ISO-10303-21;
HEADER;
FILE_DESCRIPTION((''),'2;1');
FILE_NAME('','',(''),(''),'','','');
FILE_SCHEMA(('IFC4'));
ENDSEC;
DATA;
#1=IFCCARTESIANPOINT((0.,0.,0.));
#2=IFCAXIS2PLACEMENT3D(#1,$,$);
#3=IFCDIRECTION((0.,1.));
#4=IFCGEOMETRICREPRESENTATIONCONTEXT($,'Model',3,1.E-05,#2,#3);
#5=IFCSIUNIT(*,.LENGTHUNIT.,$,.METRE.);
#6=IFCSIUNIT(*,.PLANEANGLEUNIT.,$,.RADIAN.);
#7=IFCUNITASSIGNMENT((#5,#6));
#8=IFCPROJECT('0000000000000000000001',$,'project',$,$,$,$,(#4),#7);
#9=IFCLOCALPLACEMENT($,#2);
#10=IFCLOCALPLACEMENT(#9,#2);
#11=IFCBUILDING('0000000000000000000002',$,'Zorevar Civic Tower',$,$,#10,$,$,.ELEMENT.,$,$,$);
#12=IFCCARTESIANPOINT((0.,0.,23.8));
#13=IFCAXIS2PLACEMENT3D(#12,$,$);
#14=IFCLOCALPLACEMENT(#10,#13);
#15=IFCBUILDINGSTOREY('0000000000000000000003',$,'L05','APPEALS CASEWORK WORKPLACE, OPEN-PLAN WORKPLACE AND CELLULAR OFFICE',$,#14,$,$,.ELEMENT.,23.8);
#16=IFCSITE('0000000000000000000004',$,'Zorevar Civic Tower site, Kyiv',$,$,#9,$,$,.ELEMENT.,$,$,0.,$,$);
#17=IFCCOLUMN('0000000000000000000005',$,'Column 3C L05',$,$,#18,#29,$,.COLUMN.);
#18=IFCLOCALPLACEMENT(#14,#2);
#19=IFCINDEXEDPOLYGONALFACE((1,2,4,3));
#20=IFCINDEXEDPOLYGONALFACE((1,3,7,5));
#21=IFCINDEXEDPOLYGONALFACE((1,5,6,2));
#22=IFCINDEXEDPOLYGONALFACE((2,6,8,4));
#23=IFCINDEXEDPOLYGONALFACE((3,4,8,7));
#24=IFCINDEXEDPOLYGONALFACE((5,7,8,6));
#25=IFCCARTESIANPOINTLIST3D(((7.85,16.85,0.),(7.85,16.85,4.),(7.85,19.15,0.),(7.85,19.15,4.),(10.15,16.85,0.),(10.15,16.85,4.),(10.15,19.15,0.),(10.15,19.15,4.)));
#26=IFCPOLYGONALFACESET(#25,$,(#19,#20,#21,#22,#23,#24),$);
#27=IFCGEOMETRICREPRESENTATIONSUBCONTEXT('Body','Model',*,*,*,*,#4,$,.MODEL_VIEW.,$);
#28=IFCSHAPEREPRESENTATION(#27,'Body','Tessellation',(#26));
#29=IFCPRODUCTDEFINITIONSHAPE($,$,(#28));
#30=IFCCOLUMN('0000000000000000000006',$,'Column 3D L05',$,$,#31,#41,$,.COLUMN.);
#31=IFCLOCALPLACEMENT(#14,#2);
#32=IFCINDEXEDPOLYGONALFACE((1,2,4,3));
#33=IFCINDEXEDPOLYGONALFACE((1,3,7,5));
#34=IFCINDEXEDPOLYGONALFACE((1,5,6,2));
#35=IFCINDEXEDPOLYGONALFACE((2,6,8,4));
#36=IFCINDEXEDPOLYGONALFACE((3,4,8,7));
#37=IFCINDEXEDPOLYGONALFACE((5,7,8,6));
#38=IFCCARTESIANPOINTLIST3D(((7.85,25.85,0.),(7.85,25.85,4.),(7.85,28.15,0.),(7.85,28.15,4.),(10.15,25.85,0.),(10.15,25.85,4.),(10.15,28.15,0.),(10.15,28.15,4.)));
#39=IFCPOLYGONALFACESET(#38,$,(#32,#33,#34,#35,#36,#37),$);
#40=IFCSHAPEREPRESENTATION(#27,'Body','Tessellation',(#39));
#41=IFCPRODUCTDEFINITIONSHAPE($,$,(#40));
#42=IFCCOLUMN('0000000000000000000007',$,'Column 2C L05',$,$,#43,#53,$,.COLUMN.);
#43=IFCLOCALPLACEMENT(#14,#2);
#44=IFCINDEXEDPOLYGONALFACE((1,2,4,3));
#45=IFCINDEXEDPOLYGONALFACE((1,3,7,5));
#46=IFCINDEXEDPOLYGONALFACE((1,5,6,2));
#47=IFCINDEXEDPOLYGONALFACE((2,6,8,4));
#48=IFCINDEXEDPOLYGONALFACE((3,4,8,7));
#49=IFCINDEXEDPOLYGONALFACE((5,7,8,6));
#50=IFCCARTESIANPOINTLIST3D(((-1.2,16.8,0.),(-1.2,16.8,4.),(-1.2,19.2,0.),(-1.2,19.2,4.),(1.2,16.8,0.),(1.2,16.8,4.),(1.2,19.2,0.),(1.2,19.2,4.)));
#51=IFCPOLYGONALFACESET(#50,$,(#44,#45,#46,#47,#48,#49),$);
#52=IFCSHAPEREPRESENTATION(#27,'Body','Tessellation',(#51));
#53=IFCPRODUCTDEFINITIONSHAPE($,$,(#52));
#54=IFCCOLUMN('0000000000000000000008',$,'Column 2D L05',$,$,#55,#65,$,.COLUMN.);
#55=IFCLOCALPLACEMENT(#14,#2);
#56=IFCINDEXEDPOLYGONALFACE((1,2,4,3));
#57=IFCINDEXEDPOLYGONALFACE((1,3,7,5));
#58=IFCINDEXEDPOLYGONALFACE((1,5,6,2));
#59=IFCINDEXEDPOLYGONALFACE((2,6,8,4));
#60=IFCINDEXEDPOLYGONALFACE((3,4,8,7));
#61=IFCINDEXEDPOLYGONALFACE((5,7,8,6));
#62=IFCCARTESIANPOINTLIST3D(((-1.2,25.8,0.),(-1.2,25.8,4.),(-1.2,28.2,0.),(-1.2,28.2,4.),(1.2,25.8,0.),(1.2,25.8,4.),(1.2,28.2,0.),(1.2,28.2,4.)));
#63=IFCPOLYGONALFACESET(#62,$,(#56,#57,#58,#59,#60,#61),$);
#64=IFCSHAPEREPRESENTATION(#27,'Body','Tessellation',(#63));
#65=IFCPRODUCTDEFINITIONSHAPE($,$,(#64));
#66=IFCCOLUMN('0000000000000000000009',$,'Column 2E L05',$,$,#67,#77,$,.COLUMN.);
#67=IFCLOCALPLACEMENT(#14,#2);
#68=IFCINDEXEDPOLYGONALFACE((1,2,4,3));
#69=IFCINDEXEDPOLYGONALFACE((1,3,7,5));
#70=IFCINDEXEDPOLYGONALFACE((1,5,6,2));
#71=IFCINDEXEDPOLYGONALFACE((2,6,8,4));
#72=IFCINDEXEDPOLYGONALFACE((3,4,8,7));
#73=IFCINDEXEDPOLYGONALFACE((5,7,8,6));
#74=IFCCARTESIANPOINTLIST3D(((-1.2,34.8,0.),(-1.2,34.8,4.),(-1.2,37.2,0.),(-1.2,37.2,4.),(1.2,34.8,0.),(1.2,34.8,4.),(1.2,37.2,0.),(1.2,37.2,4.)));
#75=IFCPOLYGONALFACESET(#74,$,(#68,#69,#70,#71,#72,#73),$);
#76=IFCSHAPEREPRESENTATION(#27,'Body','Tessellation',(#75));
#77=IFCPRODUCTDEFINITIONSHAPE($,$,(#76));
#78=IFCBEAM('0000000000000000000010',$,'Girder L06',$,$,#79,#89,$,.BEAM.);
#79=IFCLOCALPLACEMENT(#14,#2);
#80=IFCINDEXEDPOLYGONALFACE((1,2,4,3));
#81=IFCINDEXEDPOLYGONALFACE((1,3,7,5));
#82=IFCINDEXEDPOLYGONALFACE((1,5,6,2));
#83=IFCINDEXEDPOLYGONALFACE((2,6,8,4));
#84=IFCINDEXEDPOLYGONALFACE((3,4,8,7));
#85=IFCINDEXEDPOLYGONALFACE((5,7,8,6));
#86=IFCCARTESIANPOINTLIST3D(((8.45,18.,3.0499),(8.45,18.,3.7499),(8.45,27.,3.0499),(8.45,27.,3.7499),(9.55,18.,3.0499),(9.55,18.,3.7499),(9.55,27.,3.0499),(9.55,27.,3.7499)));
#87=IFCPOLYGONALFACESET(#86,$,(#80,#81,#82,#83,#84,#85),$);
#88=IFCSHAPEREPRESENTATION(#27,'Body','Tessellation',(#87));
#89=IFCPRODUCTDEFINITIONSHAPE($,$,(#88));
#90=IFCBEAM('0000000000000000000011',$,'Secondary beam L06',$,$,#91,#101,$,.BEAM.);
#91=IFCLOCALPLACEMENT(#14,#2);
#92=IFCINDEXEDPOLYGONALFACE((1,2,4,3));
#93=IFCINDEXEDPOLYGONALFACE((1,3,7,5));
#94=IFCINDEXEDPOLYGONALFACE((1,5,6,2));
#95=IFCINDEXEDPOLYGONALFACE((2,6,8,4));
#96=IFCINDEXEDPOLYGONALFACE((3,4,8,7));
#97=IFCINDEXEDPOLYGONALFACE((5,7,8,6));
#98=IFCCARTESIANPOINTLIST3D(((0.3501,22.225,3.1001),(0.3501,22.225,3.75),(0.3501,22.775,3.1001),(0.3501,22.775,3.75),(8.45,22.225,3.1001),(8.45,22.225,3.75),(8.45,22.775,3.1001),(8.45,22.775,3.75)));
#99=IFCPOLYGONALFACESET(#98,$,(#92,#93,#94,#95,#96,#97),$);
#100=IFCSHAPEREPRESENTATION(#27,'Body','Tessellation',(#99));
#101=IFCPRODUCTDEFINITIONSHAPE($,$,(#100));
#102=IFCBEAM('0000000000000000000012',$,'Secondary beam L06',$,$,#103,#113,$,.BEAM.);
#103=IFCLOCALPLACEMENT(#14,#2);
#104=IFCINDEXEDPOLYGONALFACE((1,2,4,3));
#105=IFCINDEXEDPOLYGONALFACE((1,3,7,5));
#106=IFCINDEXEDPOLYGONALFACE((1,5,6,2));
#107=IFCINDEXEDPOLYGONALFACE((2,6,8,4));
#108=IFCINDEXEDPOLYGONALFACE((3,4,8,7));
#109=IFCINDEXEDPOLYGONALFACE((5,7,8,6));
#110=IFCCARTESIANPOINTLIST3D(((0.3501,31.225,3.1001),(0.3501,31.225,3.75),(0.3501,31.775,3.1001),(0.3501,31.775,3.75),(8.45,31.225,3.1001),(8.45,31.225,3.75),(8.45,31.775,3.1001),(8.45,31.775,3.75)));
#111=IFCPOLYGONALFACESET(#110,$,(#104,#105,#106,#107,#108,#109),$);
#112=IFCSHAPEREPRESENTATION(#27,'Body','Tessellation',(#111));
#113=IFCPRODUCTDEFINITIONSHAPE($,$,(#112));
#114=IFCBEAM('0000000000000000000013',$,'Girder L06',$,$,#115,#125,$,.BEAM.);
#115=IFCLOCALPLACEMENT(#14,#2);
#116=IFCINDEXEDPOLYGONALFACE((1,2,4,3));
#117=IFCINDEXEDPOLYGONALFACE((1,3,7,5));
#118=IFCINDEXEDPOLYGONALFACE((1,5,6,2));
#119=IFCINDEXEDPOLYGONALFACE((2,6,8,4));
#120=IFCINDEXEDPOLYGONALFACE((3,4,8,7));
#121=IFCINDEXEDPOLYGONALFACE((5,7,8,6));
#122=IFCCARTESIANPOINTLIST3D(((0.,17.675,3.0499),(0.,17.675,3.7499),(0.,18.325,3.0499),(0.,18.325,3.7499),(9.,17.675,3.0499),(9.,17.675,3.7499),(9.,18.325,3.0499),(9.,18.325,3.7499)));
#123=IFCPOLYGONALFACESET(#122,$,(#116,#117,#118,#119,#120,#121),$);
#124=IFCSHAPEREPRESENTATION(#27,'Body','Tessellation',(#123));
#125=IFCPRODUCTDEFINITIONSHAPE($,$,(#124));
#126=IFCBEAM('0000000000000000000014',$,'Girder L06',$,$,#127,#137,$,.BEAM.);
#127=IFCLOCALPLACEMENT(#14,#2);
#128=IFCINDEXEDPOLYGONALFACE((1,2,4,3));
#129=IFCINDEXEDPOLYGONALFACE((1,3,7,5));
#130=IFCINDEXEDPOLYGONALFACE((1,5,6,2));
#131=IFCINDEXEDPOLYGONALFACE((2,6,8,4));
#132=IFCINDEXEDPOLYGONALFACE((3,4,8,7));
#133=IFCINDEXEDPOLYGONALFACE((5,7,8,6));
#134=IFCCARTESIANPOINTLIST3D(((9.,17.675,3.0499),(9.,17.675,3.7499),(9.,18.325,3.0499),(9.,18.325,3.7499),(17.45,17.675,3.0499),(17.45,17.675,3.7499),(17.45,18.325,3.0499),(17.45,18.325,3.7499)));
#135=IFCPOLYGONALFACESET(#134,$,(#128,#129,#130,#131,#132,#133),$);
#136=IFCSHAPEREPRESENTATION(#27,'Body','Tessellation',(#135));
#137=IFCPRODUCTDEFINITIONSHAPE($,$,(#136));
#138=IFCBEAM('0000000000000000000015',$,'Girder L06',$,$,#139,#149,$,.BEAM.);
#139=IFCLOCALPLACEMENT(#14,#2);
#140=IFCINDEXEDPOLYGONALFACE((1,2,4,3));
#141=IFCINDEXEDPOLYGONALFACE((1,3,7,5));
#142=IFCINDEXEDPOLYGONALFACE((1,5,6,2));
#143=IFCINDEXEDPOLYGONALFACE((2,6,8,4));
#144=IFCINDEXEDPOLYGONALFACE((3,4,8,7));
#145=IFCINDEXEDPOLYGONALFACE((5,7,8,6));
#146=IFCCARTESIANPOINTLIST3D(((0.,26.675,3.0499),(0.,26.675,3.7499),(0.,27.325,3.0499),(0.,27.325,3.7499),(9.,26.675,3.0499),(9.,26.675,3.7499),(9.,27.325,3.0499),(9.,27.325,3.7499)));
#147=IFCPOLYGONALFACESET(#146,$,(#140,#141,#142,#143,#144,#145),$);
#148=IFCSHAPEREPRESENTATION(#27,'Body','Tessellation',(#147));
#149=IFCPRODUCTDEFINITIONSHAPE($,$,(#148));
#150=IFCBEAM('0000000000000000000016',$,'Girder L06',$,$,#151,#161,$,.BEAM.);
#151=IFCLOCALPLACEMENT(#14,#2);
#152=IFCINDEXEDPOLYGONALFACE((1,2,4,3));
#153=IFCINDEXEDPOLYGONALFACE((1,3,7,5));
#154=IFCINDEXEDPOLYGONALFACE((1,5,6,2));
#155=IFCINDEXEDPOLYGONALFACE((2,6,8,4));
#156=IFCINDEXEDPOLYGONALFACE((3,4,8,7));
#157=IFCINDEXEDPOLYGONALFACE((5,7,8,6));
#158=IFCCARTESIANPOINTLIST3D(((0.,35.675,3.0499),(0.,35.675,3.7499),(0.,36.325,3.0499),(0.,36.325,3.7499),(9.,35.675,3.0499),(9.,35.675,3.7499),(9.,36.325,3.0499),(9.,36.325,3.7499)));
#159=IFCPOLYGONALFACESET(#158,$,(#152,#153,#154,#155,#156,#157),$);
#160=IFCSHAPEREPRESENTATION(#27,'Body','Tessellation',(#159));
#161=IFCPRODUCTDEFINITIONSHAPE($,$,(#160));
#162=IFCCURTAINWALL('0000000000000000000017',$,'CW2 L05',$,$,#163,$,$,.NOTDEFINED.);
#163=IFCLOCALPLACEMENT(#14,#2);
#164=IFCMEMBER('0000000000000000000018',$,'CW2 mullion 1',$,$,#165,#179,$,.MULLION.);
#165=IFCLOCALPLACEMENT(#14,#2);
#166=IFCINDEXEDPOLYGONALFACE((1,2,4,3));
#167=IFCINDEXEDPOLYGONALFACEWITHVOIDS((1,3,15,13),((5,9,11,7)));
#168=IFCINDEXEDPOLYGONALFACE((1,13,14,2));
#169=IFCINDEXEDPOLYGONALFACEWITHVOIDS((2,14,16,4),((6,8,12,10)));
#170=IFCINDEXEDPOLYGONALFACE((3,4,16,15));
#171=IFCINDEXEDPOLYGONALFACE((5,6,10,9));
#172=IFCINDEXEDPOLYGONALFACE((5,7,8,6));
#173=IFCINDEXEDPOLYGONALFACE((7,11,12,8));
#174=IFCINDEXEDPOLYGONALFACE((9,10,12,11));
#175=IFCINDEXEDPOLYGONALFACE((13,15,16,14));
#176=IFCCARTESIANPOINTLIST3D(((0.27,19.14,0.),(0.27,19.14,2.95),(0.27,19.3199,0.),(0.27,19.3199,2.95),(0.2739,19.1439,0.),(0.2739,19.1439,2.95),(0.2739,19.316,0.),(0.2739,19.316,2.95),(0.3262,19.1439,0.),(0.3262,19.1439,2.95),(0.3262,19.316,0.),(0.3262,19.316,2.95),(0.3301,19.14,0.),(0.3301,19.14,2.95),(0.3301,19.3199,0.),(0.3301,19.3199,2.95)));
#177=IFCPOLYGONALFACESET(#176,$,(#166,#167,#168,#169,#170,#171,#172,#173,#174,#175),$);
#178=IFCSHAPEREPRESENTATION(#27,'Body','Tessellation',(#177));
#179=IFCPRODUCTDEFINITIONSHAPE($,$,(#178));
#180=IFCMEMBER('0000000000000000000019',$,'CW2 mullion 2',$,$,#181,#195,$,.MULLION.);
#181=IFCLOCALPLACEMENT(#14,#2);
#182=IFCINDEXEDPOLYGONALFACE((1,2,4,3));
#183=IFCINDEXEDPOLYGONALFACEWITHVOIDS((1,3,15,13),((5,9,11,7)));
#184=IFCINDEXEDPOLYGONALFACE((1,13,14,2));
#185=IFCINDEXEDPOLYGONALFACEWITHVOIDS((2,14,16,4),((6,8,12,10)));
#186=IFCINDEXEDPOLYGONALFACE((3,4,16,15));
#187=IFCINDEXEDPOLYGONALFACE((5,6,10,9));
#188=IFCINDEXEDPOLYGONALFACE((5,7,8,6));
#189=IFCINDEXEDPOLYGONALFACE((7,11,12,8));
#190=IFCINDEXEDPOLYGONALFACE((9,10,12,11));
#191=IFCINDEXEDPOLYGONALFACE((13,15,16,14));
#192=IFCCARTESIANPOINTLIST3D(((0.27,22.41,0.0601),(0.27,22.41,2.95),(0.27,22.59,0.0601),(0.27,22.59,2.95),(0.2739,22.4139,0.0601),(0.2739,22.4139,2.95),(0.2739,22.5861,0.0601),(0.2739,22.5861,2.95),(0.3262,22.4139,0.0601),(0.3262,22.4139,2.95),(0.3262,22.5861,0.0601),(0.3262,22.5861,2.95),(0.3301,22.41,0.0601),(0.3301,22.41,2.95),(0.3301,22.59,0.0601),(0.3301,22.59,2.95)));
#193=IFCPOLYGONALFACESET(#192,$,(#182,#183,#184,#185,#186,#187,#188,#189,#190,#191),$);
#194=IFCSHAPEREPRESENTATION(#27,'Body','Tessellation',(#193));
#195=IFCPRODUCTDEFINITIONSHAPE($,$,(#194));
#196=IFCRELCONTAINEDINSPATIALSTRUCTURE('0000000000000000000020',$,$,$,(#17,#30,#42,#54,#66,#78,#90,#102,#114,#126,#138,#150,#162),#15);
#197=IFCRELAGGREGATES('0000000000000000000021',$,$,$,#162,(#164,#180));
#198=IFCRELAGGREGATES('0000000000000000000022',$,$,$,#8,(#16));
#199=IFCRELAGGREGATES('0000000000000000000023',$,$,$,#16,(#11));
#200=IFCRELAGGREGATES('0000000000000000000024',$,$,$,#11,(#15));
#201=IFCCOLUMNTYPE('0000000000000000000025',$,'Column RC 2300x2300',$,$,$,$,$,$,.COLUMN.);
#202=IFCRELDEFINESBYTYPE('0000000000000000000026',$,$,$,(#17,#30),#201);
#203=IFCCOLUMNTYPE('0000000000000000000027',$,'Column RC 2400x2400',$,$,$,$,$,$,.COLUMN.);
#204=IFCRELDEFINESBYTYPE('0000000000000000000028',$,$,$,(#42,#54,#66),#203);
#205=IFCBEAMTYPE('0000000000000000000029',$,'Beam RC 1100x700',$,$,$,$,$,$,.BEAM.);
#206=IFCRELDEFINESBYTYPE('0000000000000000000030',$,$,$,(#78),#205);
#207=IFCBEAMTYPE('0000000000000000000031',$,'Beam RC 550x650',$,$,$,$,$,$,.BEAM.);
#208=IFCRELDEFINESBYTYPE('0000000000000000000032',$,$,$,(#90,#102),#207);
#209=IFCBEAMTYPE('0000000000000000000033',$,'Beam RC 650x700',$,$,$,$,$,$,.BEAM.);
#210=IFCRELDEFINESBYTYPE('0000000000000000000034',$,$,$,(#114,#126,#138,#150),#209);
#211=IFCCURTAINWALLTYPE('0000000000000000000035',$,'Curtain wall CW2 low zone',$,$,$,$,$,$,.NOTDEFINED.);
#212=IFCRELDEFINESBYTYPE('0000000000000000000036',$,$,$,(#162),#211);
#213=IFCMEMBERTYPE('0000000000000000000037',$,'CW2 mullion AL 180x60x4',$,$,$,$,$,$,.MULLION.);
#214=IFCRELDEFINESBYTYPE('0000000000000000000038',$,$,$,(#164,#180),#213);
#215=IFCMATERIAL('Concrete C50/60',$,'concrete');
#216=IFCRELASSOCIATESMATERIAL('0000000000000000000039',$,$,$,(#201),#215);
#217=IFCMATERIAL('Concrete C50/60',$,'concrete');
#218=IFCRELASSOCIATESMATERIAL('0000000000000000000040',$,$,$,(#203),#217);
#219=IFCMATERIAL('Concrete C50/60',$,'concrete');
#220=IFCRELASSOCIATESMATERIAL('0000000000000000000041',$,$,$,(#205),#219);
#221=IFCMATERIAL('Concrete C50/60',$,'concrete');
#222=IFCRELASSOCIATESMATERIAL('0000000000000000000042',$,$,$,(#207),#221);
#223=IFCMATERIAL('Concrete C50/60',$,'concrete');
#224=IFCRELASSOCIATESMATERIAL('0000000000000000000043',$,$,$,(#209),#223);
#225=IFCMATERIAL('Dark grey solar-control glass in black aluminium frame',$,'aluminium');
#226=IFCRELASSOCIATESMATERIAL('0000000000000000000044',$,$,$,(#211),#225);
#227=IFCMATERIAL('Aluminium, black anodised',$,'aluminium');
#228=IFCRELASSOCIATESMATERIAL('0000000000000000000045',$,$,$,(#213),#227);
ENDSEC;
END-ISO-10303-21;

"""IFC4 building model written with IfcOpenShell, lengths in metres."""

from ifc_helpers import new_model, si_unit, direction, frame, origin, origin_2d, place, context, subcontext, project, spatial, rectangle, hollow_rectangle, extrude, material, material_profile, profile_set, type_object, element, aggregate, save


model = new_model("IFC4")

# Units and contexts
model_context = context("Model", 3, precision=1e-05, world=origin(), true_north=direction((0.0, 1.0)))
body_context = subcontext(model_context, "Body", "Model", "MODEL_VIEW")
ifc_project = project(units=[si_unit("LENGTHUNIT", "METRE"), si_unit("PLANEANGLEUNIT", "RADIAN")], contexts=[model_context])

# Site, building, storey
site_placement = place(None, origin())
site = spatial("IfcSite", under=ifc_project, at=site_placement, Name="Zorevar Civic Tower site, Kyiv", CompositionType="ELEMENT", RefElevation=0.0)
building_placement = place(site_placement, origin())
building = spatial("IfcBuilding", under=site, at=building_placement, Name="Zorevar Civic Tower", CompositionType="ELEMENT")
storey_placement = place(building_placement, frame((0.0, 0.0, 23.8)))
storey = spatial("IfcBuildingStorey", under=building, at=storey_placement, Name="L05", Description="APPEALS CASEWORK WORKPLACE, OPEN-PLAN WORKPLACE AND CELLULAR OFFICE", CompositionType="ELEMENT", Elevation=23.8)

# Columns
ifc_material_1 = material(Name="Concrete C50/60", Category="concrete")
ifc_material_profile_1 = material_profile(ifc_material_1, rectangle(XDim=2.3, YDim=2.3, at=origin_2d()), Name="RC 2300x2300")
ifc_profile_set_1 = profile_set([ifc_material_profile_1], Name="Concrete C50/60")
column_type_1 = type_object("IfcColumnType", Name="Column RC 2300x2300", PredefinedType="COLUMN", material=ifc_profile_set_1)
for number, where, z_axis, x_axis, name in (
    (1, (9.0, 18.0, 0.0), (0.0, 0.0, 1.0), (1.0, 0.0, 0.0), "Column 3C L05"),
    (2, (9.0, 27.0, 0.0), (0.0, 0.0, 1.0), (1.0, 0.0, 0.0), "Column 3D L05"),
):
    element("IfcColumn", number, at=place(storey_placement, frame(where, z_axis=z_axis, x_axis=x_axis)), inside=storey, type_object=column_type_1, Name=name, PredefinedType="COLUMN", context=body_context, shape_type="SweptSolid", body=[
        extrude(rectangle(XDim=2.3, YDim=2.3, at=origin_2d()), origin(), (0.0, 0.0, 1.0), 4.0),
    ])
ifc_material_2 = material(Name="Concrete C50/60", Category="concrete")
ifc_material_profile_2 = material_profile(ifc_material_2, rectangle(XDim=2.3999, YDim=2.3999, at=origin_2d()), Name="RC 2400x2400")
ifc_profile_set_2 = profile_set([ifc_material_profile_2], Name="Concrete C50/60")
column_type_2 = type_object("IfcColumnType", Name="Column RC 2400x2400", PredefinedType="COLUMN", material=ifc_profile_set_2)
for number, where, z_axis, x_axis, name in (
    (3, (0.0, 18.0, 0.0), (0.0, 0.0, 1.0), (1.0, 0.0, 0.0), "Column 2C L05"),
    (4, (0.0, 27.0, 0.0), (0.0, 0.0, 1.0), (1.0, 0.0, 0.0), "Column 2D L05"),
    (5, (0.0, 36.0, 0.0), (0.0, 0.0, 1.0), (1.0, 0.0, 0.0), "Column 2E L05"),
):
    element("IfcColumn", number, at=place(storey_placement, frame(where, z_axis=z_axis, x_axis=x_axis)), inside=storey, type_object=column_type_2, Name=name, PredefinedType="COLUMN", context=body_context, shape_type="SweptSolid", body=[
        extrude(rectangle(XDim=2.3999, YDim=2.3999, at=origin_2d()), origin(), (0.0, 0.0, 1.0), 4.0),
    ])

# Beams
ifc_material_3 = material(Name="Concrete C50/60", Category="concrete")
ifc_material_profile_3 = material_profile(ifc_material_3, rectangle(XDim=1.1001, YDim=0.7, at=origin_2d()), Name="RC 1100x700")
ifc_profile_set_3 = profile_set([ifc_material_profile_3], Name="Concrete C50/60")
beam_type_1 = type_object("IfcBeamType", Name="Beam RC 1100x700", PredefinedType="BEAM", material=ifc_profile_set_3)
beam_1_placement = place(storey_placement, frame((9.0, 18.0, 3.3999), z_axis=(0.0, 1.0, 0.0), x_axis=(-1.0, 0.0, 0.0)))
element("IfcBeam", 6, at=beam_1_placement, inside=storey, type_object=beam_type_1, Name="Girder L06", PredefinedType="BEAM", context=body_context, shape_type="SweptSolid", body=[
    extrude(rectangle(XDim=1.1001, YDim=0.7, at=origin_2d()), origin(), (0.0, 0.0, 1.0), 9.0),
])
ifc_material_4 = material(Name="Concrete C50/60", Category="concrete")
ifc_material_profile_4 = material_profile(ifc_material_4, rectangle(XDim=0.55, YDim=0.6499, at=origin_2d()), Name="RC 550x650")
ifc_profile_set_4 = profile_set([ifc_material_profile_4], Name="Concrete C50/60")
beam_type_2 = type_object("IfcBeamType", Name="Beam RC 550x650", PredefinedType="BEAM", material=ifc_profile_set_4)
for number, where, z_axis, x_axis, name in (
    (7, (0.3501, 22.5, 3.425), (1.0, 0.0, 0.0), (0.0, 1.0, 0.0), "Secondary beam L06"),
    (8, (0.3501, 31.5, 3.425), (1.0, 0.0, 0.0), (0.0, 1.0, 0.0), "Secondary beam L06"),
):
    element("IfcBeam", number, at=place(storey_placement, frame(where, z_axis=z_axis, x_axis=x_axis)), inside=storey, type_object=beam_type_2, Name=name, PredefinedType="BEAM", context=body_context, shape_type="SweptSolid", body=[
        extrude(rectangle(XDim=0.55, YDim=0.6499, at=origin_2d()), origin(), (0.0, 0.0, 1.0), 8.0999),
    ])
ifc_material_5 = material(Name="Concrete C50/60", Category="concrete")
ifc_material_profile_5 = material_profile(ifc_material_5, rectangle(XDim=0.6499, YDim=0.7, at=origin_2d()), Name="RC 650x700")
ifc_profile_set_5 = profile_set([ifc_material_profile_5], Name="Concrete C50/60")
beam_type_3 = type_object("IfcBeamType", Name="Beam RC 650x700", PredefinedType="BEAM", material=ifc_profile_set_5)
beam_2_placement = place(storey_placement, frame((0.0, 18.0, 3.3999), z_axis=(1.0, 0.0, 0.0), x_axis=(0.0, 1.0, 0.0)))
element("IfcBeam", 9, at=beam_2_placement, inside=storey, type_object=beam_type_3, Name="Girder L06", PredefinedType="BEAM", context=body_context, shape_type="SweptSolid", body=[
    extrude(rectangle(XDim=0.6499, YDim=0.7, at=origin_2d()), origin(), (0.0, 0.0, 1.0), 9.0),
])
beam_3_placement = place(storey_placement, frame((9.0, 18.0, 3.3999), z_axis=(1.0, 0.0, 0.0), x_axis=(0.0, 1.0, 0.0)))
element("IfcBeam", 10, at=beam_3_placement, inside=storey, type_object=beam_type_3, Name="Girder L06", PredefinedType="BEAM", context=body_context, shape_type="SweptSolid", body=[
    extrude(rectangle(XDim=0.6499, YDim=0.7, at=origin_2d()), origin(), (0.0, 0.0, 1.0), 8.45),
])
for number, where, z_axis, x_axis, name in (
    (11, (0.0, 27.0, 3.3999), (1.0, 0.0, 0.0), (0.0, 1.0, 0.0), "Girder L06"),
    (12, (0.0, 36.0, 3.3999), (1.0, 0.0, 0.0), (0.0, 1.0, 0.0), "Girder L06"),
):
    element("IfcBeam", number, at=place(storey_placement, frame(where, z_axis=z_axis, x_axis=x_axis)), inside=storey, type_object=beam_type_3, Name=name, PredefinedType="BEAM", context=body_context, shape_type="SweptSolid", body=[
        extrude(rectangle(XDim=0.6499, YDim=0.7, at=origin_2d()), origin(), (0.0, 0.0, 1.0), 9.0),
    ])

# Curtain wall, members
ifc_material_6 = material(Name="Dark grey solar-control glass in black aluminium frame", Category="aluminium")
curtain_wall_type = type_object("IfcCurtainWallType", Name="Curtain wall CW2 low zone", PredefinedType="NOTDEFINED", material=ifc_material_6)
curtain_wall_1_placement = place(storey_placement, origin())
curtain_wall_1 = element("IfcCurtainWall", 13, at=curtain_wall_1_placement, inside=storey, type_object=curtain_wall_type, Name="CW2 L05", PredefinedType="NOTDEFINED")
ifc_material_7 = material(Name="Aluminium, black anodised", Category="aluminium")
ifc_material_profile_6 = material_profile(ifc_material_7, hollow_rectangle(XDim=0.0601, YDim=0.1799, WallThickness=0.0039, at=origin_2d()), Name="AL 180x60x4")
ifc_profile_set_6 = profile_set([ifc_material_profile_6], Name="Aluminium, black anodised")
member_type_1 = type_object("IfcMemberType", Name="CW2 mullion AL 180x60x4", PredefinedType="MULLION", material=ifc_profile_set_6)
member_1_placement = place(storey_placement, frame((0.3, 19.23, 0.0), z_axis=(0.0, 0.0, 1.0), x_axis=(-1.0, 0.0, 0.0)))
member_1 = element("IfcMember", 14, at=member_1_placement, type_object=member_type_1, Name="CW2 mullion 1", PredefinedType="MULLION", context=body_context, shape_type="SweptSolid", body=[
    extrude(hollow_rectangle(XDim=0.0601, YDim=0.1799, WallThickness=0.0039, at=origin_2d()), origin(), (0.0, 0.0, 1.0), 2.95),
])
member_2_placement = place(storey_placement, frame((0.3, 22.5, 0.0601), z_axis=(0.0, 0.0, 1.0), x_axis=(-1.0, 0.0, 0.0)))
member_2 = element("IfcMember", 15, at=member_2_placement, type_object=member_type_1, Name="CW2 mullion 2", PredefinedType="MULLION", context=body_context, shape_type="SweptSolid", body=[
    extrude(hollow_rectangle(XDim=0.0601, YDim=0.1799, WallThickness=0.0039, at=origin_2d()), origin(), (0.0, 0.0, 1.0), 2.8899),
])

aggregate(curtain_wall_1, [member_1, member_2])

save(model, "model.ifc")
